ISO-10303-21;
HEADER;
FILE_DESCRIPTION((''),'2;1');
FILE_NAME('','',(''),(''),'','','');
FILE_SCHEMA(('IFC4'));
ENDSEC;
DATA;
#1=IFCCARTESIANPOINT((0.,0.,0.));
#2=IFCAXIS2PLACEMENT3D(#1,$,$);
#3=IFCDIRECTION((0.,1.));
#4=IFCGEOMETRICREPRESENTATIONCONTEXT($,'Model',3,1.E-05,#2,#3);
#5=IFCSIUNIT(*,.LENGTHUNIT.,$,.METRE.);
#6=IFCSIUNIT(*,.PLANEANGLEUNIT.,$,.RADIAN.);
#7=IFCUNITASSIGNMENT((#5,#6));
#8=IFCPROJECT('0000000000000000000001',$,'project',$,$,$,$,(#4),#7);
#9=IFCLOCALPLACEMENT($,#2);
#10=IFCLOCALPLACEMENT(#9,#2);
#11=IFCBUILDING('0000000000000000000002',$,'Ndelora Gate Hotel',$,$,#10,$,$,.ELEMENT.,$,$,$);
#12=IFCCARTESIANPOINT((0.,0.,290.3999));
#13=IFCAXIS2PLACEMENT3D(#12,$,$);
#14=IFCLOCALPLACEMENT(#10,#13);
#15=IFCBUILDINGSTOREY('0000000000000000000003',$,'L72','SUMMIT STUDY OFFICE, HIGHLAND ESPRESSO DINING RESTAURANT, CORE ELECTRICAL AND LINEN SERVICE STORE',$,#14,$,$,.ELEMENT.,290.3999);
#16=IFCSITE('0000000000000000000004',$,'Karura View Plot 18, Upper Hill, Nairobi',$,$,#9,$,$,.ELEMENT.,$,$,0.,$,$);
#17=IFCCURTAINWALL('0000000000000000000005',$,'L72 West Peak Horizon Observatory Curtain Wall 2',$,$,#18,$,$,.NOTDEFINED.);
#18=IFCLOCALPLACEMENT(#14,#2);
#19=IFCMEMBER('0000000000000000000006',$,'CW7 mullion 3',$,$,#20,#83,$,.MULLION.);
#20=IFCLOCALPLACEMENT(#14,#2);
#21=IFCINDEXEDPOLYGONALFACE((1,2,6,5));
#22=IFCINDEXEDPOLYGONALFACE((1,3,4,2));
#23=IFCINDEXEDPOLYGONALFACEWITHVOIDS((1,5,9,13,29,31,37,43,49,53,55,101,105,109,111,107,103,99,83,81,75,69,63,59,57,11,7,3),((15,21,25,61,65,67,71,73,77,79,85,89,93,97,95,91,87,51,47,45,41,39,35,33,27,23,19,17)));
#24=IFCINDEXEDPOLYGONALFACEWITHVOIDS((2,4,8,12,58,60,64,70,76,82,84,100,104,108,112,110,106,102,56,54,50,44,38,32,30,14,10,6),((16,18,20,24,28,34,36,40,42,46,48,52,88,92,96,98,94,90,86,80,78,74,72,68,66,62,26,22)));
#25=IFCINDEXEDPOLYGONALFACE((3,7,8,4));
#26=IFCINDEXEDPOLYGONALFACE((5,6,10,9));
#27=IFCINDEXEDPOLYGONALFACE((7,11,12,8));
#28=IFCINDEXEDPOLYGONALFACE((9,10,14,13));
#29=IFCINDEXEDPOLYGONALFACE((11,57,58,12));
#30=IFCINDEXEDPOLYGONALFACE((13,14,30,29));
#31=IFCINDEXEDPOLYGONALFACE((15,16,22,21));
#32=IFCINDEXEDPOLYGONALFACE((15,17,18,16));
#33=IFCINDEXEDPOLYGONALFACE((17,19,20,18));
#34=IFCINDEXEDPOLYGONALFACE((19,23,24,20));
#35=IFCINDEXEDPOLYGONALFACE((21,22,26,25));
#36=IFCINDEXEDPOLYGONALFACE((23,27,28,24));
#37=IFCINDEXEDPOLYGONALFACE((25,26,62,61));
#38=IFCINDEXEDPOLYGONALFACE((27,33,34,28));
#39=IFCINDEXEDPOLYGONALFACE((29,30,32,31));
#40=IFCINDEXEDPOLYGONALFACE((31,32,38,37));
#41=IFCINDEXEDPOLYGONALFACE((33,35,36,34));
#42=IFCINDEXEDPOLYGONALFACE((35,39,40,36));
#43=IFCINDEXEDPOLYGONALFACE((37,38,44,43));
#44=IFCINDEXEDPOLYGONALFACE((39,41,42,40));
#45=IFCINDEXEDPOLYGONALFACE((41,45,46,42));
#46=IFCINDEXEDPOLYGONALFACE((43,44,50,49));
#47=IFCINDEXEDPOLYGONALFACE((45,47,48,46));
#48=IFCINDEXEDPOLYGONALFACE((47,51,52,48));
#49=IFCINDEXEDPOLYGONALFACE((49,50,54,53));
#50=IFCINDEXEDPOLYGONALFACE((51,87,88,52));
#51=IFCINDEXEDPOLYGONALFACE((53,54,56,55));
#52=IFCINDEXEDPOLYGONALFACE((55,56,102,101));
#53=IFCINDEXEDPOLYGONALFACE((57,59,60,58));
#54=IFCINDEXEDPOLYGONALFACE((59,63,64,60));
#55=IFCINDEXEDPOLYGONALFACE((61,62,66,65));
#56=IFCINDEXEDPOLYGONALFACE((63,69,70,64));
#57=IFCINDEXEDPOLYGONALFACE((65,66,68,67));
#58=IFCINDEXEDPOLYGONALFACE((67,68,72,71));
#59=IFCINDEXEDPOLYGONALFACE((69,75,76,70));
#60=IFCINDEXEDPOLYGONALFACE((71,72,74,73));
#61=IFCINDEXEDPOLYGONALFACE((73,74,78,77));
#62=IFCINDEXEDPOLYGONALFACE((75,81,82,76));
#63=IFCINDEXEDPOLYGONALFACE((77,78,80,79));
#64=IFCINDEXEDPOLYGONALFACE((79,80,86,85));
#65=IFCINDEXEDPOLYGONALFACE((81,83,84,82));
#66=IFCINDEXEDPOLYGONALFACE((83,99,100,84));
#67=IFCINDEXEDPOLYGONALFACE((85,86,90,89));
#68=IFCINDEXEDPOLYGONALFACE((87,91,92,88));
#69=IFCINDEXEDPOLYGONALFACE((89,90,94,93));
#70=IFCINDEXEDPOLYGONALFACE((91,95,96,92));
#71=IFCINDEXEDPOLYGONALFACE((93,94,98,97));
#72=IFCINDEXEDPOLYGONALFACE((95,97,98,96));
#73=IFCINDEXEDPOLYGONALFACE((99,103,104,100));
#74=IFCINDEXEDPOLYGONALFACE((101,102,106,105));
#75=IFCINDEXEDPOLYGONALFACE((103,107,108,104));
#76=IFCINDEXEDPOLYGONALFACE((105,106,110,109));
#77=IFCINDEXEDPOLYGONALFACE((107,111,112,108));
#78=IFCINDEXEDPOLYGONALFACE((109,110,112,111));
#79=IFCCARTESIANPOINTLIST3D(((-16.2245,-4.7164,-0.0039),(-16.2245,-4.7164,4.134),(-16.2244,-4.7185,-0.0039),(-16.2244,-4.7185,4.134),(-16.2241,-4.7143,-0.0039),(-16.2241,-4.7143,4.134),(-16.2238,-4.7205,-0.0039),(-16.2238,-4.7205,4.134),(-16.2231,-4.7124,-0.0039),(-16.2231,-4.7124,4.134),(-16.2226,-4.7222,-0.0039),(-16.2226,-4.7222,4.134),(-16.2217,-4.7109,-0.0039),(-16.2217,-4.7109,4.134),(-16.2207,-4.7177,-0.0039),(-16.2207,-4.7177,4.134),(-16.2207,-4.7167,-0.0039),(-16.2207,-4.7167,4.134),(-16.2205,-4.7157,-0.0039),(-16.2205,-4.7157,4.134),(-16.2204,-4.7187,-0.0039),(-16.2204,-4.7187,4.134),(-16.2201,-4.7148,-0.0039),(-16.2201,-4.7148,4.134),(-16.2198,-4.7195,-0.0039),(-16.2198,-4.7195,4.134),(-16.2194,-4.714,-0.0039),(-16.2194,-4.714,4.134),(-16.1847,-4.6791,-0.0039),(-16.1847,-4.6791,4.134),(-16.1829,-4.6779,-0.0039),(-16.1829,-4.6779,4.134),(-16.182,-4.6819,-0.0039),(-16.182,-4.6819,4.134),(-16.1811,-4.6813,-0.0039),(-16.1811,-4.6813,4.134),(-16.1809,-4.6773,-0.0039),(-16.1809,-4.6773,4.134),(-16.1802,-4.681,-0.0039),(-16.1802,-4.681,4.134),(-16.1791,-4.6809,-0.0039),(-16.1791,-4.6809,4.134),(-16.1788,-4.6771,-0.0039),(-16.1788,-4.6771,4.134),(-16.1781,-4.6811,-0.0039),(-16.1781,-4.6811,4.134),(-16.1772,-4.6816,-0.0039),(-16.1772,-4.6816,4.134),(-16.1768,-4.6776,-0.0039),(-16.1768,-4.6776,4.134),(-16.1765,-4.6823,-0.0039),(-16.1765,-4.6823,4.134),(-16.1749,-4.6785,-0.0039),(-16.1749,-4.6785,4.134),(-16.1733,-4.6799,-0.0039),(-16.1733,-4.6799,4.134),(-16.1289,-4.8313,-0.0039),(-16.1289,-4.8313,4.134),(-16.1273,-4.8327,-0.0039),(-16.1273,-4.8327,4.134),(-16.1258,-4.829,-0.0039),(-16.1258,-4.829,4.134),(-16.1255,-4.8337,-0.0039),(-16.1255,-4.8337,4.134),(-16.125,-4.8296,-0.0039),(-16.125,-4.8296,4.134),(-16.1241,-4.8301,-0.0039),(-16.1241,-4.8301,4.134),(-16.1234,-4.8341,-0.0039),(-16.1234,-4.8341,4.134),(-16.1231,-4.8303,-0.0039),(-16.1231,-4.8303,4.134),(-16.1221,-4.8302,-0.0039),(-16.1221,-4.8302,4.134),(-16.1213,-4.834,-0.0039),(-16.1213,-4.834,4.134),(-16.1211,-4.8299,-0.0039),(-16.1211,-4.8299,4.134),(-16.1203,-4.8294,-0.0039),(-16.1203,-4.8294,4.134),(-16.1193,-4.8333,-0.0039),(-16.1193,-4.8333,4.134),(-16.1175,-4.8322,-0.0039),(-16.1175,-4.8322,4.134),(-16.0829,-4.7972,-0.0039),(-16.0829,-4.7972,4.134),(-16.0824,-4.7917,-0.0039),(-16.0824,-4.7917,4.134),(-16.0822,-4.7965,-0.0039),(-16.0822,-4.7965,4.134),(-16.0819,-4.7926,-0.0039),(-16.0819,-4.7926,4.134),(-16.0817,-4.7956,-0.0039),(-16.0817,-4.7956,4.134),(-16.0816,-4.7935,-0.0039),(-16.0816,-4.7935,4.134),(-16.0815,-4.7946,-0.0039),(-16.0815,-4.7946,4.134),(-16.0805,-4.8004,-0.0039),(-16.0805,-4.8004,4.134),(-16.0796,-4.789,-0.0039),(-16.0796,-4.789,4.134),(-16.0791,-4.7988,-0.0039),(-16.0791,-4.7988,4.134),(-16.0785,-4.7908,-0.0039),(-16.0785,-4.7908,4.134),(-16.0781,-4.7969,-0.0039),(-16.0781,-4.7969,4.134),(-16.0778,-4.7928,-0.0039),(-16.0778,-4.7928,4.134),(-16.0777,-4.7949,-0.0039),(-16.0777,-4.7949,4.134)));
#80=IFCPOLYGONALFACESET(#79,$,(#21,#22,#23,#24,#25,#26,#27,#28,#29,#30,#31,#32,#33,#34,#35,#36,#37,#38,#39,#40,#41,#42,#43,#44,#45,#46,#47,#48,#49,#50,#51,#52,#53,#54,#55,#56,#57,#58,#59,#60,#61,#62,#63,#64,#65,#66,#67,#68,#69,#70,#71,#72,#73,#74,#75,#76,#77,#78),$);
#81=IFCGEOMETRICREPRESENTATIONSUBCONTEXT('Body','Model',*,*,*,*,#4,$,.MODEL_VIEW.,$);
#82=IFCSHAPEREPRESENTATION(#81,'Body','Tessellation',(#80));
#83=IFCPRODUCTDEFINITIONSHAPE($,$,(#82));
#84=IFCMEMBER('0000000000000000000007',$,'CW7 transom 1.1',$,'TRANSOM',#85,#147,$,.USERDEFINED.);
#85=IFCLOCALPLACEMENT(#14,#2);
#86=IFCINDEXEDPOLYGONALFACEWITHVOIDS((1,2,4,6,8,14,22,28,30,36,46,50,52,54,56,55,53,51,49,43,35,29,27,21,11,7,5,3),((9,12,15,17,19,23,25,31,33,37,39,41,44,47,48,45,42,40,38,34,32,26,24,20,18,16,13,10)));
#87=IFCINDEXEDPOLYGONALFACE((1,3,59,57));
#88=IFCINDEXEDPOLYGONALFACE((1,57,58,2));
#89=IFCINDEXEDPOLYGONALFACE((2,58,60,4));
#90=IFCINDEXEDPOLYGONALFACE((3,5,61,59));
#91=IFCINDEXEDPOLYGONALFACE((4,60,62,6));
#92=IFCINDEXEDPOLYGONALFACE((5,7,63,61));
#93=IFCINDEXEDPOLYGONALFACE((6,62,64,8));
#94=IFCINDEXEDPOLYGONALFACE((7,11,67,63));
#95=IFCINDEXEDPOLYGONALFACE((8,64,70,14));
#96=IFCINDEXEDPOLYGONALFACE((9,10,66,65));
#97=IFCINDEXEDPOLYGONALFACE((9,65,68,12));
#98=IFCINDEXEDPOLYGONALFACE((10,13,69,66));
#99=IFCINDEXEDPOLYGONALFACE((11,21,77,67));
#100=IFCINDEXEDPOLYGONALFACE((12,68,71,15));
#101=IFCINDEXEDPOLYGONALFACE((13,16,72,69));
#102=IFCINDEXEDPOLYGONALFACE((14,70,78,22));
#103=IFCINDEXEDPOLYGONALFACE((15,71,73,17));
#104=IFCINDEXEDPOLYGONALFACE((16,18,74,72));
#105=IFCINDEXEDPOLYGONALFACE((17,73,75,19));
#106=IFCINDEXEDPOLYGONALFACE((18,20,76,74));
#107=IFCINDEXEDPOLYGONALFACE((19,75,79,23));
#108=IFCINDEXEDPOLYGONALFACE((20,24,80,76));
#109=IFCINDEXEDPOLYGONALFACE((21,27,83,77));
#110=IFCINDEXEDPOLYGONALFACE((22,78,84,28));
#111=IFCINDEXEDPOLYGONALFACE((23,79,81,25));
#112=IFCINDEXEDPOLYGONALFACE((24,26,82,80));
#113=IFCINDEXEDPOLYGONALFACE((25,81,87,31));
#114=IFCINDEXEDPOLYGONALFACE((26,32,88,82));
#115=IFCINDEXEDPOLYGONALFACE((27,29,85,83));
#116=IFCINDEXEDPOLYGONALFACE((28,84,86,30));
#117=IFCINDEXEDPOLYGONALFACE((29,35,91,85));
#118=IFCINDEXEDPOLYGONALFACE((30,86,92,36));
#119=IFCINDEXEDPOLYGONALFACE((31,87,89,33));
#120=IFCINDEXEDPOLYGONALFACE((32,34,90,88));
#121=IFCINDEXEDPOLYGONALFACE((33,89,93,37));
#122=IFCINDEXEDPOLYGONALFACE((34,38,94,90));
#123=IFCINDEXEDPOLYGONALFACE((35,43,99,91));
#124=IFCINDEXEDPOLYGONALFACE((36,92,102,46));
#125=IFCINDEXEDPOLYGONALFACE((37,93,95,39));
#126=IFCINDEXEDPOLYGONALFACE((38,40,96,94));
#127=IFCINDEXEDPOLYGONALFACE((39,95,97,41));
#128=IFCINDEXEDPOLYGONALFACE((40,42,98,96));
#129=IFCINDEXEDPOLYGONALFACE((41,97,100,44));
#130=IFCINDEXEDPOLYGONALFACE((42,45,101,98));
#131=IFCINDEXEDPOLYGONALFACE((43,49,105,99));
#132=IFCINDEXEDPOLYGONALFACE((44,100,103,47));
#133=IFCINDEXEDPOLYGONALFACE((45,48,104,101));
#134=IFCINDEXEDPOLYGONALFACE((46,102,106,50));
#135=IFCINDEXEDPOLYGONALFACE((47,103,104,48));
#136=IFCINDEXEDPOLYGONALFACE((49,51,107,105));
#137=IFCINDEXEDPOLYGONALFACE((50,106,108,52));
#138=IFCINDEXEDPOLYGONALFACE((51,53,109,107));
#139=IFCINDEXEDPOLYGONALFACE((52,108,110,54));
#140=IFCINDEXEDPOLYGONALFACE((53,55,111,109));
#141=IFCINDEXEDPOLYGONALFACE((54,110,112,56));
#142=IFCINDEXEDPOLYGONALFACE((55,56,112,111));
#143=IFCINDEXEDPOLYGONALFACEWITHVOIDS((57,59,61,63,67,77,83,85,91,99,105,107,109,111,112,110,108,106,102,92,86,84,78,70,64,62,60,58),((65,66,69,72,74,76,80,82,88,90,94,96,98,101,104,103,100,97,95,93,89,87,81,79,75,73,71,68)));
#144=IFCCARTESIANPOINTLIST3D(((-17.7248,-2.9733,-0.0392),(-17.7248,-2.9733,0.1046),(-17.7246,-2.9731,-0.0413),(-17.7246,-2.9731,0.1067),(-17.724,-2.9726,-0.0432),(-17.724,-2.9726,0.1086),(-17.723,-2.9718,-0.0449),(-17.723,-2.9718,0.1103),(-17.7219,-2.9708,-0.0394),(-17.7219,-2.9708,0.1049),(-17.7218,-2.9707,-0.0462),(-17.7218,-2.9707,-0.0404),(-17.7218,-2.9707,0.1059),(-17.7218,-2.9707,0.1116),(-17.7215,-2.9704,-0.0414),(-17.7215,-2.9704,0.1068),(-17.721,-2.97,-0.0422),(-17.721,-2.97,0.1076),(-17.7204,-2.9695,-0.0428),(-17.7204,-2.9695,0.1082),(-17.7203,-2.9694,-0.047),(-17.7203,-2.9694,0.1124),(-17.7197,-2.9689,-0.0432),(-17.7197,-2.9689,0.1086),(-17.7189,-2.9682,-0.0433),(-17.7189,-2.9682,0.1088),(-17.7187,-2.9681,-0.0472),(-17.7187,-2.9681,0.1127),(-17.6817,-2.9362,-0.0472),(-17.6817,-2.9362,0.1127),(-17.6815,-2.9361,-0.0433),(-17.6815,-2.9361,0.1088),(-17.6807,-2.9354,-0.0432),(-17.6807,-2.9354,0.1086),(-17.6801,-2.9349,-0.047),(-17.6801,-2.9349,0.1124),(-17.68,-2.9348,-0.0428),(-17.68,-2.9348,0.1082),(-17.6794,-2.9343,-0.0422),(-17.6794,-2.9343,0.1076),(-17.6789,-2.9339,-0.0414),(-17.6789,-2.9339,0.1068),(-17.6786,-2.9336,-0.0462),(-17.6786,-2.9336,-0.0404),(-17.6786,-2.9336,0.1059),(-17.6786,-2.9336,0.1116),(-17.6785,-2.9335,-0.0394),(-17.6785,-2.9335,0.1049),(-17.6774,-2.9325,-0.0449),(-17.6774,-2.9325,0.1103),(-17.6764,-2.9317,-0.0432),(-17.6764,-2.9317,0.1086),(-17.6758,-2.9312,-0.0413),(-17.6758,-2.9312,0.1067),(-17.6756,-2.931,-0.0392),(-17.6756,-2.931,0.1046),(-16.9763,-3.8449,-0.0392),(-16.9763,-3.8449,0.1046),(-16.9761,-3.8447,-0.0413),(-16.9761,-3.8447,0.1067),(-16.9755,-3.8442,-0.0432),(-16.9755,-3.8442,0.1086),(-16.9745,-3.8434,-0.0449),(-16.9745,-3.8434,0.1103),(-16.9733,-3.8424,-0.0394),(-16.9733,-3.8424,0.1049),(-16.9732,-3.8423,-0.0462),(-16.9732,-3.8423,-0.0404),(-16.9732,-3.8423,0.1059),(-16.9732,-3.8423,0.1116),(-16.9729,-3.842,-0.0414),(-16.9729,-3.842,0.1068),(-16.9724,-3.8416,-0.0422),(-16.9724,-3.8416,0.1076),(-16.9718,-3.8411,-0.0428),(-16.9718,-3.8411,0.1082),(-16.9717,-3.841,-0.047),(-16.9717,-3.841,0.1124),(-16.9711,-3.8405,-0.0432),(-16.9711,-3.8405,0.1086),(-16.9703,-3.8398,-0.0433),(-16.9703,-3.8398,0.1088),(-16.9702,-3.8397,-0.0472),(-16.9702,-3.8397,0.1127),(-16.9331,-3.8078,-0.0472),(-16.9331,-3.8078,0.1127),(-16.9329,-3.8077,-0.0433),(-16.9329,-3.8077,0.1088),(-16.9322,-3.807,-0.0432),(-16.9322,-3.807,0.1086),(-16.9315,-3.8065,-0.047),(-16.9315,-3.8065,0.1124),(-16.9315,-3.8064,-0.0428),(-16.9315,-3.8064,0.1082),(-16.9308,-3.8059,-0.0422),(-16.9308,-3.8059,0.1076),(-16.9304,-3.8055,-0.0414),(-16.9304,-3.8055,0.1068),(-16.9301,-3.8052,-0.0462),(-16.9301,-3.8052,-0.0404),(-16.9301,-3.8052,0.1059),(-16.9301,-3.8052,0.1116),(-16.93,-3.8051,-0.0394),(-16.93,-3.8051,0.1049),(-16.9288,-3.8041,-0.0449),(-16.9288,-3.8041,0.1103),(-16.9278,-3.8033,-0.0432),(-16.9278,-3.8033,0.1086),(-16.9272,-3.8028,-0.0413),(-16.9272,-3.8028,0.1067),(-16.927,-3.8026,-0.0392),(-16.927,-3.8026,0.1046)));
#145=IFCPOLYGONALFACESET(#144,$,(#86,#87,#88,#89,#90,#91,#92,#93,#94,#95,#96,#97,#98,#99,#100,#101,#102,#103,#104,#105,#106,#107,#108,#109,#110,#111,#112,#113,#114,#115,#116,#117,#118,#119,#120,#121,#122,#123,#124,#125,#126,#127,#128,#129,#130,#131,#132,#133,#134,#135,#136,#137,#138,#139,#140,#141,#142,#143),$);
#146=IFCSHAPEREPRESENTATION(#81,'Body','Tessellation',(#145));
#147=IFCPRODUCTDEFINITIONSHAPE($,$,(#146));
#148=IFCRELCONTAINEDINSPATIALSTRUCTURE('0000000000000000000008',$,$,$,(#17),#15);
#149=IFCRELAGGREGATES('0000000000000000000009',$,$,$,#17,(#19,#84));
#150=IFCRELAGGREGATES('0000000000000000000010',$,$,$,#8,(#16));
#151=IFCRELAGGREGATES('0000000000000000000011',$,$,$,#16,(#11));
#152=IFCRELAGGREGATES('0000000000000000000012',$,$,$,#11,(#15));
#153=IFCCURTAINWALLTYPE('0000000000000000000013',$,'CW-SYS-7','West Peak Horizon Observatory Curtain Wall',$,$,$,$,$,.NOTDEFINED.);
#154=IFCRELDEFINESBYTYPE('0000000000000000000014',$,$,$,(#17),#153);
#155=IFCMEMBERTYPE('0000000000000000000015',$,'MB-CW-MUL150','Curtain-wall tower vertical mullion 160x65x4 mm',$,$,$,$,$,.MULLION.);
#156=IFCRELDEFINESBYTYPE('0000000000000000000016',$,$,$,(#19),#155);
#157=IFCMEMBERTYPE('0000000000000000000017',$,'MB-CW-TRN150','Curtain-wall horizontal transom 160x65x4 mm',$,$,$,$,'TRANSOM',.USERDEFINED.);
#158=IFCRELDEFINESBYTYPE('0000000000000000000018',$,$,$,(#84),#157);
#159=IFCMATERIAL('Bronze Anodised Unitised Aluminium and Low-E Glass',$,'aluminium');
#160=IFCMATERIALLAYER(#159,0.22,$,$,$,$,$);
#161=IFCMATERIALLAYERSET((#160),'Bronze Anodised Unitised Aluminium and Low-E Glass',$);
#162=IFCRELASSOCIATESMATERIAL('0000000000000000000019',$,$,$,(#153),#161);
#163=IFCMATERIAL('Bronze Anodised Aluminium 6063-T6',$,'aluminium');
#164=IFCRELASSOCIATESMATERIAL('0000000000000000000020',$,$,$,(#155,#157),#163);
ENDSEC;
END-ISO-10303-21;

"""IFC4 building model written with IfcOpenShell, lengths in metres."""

from ifc_helpers import new_model, si_unit, direction, frame, origin, origin_2d, place, context, subcontext, project, spatial, hollow_rectangle, extrude, material, layer, layer_set, material_profile, profile_set, type_object, element, aggregate, save


model = new_model("IFC4")

# Units and contexts
model_context = context("Model", 3, precision=1e-05, world=origin(), true_north=direction((0.0, 1.0)))
body_context = subcontext(model_context, "Body", "Model", "MODEL_VIEW")
ifc_project = project(units=[si_unit("LENGTHUNIT", "METRE"), si_unit("PLANEANGLEUNIT", "RADIAN")], contexts=[model_context])

# Site, building, storey
site_placement = place(None, origin())
site = spatial("IfcSite", under=ifc_project, at=site_placement, Name="Karura View Plot 18, Upper Hill, Nairobi", CompositionType="ELEMENT", RefElevation=0.0)
building_placement = place(site_placement, origin())
building = spatial("IfcBuilding", under=site, at=building_placement, Name="Ndelora Gate Hotel", CompositionType="ELEMENT")
storey_placement = place(building_placement, frame((0.0, 0.0, 290.3999)))
storey = spatial("IfcBuildingStorey", under=building, at=storey_placement, Name="L72", Description="SUMMIT STUDY OFFICE, HIGHLAND ESPRESSO DINING RESTAURANT, CORE ELECTRICAL AND LINEN SERVICE STORE", CompositionType="ELEMENT", Elevation=290.3999)

# Curtain wall, members
ifc_material_1 = material(Name="Bronze Anodised Unitised Aluminium and Low-E Glass", Category="aluminium")
ifc_layer_1 = layer(ifc_material_1, 0.22)
ifc_layer_set_1 = layer_set([ifc_layer_1], Name="Bronze Anodised Unitised Aluminium and Low-E Glass")
curtain_wall_type = type_object("IfcCurtainWallType", Name="CW-SYS-7", Description="West Peak Horizon Observatory Curtain Wall", PredefinedType="NOTDEFINED", material=ifc_layer_set_1)
curtain_wall_placement = place(storey_placement, origin())
curtain_wall = element("IfcCurtainWall", 1, at=curtain_wall_placement, inside=storey, type_object=curtain_wall_type, Name="L72 West Peak Horizon Observatory Curtain Wall 2", PredefinedType="NOTDEFINED")
ifc_material_2 = material(Name="Bronze Anodised Aluminium 6063-T6", Category="aluminium")
ifc_material_profile_1 = material_profile(ifc_material_2, hollow_rectangle(XDim=0.0649, YDim=0.1599, WallThickness=0.0039, InnerFilletRadius=0.0039, OuterFilletRadius=0.0081, at=origin_2d()), Name="ALU 160x65x4")
ifc_profile_set_1 = profile_set([ifc_material_profile_1], Name="Bronze Anodised Aluminium 6063-T6")
member_type_1 = type_object("IfcMemberType", Name="MB-CW-MUL150", Description="Curtain-wall tower vertical mullion 160x65x4 mm", PredefinedType="MULLION", material=ifc_profile_set_1)
member_1_placement = place(storey_placement, frame((-16.1511, -4.7556, -0.0039), z_axis=(0.0, 0.0, 1.0), x_axis=(0.75853, 0.651638, 0.0)))
member_1 = element("IfcMember", 2, at=member_1_placement, type_object=member_type_1, Name="CW7 mullion 3", PredefinedType="MULLION", context=body_context, shape_type="SweptSolid", body=[
    extrude(hollow_rectangle(XDim=0.0649, YDim=0.1599, WallThickness=0.0039, InnerFilletRadius=0.0039, OuterFilletRadius=0.0081, at=origin_2d()), origin(), (0.0, 0.0, 1.0), 4.1379),
])
ifc_material_profile_2 = material_profile(ifc_material_2, hollow_rectangle(XDim=0.0649, YDim=0.1599, WallThickness=0.0039, InnerFilletRadius=0.0039, OuterFilletRadius=0.0081, at=origin_2d()), Name="ALU 160x65x4")
ifc_profile_set_2 = profile_set([ifc_material_profile_2], Name="Bronze Anodised Aluminium 6063-T6")
member_type_2 = type_object("IfcMemberType", Name="MB-CW-TRN150", Description="Curtain-wall horizontal transom 160x65x4 mm", ElementType="TRANSOM", PredefinedType="USERDEFINED", material=ifc_profile_set_2)
member_2_placement = place(storey_placement, frame((-17.7002, -2.9521, 0.0327), z_axis=(0.651526, -0.758626, 0.0), x_axis=(0.758626, 0.651526, 0.0)))
member_2 = element("IfcMember", 3, at=member_2_placement, type_object=member_type_2, Name="CW7 transom 1.1", ObjectType="TRANSOM", PredefinedType="USERDEFINED", context=body_context, shape_type="SweptSolid", body=[
    extrude(hollow_rectangle(XDim=0.0649, YDim=0.1599, WallThickness=0.0039, InnerFilletRadius=0.0039, OuterFilletRadius=0.0081, at=origin_2d()), origin(), (0.0, 0.0, 1.0), 1.1489),
])
aggregate(curtain_wall, [member_1, member_2])

save(model, "model.ifc")
